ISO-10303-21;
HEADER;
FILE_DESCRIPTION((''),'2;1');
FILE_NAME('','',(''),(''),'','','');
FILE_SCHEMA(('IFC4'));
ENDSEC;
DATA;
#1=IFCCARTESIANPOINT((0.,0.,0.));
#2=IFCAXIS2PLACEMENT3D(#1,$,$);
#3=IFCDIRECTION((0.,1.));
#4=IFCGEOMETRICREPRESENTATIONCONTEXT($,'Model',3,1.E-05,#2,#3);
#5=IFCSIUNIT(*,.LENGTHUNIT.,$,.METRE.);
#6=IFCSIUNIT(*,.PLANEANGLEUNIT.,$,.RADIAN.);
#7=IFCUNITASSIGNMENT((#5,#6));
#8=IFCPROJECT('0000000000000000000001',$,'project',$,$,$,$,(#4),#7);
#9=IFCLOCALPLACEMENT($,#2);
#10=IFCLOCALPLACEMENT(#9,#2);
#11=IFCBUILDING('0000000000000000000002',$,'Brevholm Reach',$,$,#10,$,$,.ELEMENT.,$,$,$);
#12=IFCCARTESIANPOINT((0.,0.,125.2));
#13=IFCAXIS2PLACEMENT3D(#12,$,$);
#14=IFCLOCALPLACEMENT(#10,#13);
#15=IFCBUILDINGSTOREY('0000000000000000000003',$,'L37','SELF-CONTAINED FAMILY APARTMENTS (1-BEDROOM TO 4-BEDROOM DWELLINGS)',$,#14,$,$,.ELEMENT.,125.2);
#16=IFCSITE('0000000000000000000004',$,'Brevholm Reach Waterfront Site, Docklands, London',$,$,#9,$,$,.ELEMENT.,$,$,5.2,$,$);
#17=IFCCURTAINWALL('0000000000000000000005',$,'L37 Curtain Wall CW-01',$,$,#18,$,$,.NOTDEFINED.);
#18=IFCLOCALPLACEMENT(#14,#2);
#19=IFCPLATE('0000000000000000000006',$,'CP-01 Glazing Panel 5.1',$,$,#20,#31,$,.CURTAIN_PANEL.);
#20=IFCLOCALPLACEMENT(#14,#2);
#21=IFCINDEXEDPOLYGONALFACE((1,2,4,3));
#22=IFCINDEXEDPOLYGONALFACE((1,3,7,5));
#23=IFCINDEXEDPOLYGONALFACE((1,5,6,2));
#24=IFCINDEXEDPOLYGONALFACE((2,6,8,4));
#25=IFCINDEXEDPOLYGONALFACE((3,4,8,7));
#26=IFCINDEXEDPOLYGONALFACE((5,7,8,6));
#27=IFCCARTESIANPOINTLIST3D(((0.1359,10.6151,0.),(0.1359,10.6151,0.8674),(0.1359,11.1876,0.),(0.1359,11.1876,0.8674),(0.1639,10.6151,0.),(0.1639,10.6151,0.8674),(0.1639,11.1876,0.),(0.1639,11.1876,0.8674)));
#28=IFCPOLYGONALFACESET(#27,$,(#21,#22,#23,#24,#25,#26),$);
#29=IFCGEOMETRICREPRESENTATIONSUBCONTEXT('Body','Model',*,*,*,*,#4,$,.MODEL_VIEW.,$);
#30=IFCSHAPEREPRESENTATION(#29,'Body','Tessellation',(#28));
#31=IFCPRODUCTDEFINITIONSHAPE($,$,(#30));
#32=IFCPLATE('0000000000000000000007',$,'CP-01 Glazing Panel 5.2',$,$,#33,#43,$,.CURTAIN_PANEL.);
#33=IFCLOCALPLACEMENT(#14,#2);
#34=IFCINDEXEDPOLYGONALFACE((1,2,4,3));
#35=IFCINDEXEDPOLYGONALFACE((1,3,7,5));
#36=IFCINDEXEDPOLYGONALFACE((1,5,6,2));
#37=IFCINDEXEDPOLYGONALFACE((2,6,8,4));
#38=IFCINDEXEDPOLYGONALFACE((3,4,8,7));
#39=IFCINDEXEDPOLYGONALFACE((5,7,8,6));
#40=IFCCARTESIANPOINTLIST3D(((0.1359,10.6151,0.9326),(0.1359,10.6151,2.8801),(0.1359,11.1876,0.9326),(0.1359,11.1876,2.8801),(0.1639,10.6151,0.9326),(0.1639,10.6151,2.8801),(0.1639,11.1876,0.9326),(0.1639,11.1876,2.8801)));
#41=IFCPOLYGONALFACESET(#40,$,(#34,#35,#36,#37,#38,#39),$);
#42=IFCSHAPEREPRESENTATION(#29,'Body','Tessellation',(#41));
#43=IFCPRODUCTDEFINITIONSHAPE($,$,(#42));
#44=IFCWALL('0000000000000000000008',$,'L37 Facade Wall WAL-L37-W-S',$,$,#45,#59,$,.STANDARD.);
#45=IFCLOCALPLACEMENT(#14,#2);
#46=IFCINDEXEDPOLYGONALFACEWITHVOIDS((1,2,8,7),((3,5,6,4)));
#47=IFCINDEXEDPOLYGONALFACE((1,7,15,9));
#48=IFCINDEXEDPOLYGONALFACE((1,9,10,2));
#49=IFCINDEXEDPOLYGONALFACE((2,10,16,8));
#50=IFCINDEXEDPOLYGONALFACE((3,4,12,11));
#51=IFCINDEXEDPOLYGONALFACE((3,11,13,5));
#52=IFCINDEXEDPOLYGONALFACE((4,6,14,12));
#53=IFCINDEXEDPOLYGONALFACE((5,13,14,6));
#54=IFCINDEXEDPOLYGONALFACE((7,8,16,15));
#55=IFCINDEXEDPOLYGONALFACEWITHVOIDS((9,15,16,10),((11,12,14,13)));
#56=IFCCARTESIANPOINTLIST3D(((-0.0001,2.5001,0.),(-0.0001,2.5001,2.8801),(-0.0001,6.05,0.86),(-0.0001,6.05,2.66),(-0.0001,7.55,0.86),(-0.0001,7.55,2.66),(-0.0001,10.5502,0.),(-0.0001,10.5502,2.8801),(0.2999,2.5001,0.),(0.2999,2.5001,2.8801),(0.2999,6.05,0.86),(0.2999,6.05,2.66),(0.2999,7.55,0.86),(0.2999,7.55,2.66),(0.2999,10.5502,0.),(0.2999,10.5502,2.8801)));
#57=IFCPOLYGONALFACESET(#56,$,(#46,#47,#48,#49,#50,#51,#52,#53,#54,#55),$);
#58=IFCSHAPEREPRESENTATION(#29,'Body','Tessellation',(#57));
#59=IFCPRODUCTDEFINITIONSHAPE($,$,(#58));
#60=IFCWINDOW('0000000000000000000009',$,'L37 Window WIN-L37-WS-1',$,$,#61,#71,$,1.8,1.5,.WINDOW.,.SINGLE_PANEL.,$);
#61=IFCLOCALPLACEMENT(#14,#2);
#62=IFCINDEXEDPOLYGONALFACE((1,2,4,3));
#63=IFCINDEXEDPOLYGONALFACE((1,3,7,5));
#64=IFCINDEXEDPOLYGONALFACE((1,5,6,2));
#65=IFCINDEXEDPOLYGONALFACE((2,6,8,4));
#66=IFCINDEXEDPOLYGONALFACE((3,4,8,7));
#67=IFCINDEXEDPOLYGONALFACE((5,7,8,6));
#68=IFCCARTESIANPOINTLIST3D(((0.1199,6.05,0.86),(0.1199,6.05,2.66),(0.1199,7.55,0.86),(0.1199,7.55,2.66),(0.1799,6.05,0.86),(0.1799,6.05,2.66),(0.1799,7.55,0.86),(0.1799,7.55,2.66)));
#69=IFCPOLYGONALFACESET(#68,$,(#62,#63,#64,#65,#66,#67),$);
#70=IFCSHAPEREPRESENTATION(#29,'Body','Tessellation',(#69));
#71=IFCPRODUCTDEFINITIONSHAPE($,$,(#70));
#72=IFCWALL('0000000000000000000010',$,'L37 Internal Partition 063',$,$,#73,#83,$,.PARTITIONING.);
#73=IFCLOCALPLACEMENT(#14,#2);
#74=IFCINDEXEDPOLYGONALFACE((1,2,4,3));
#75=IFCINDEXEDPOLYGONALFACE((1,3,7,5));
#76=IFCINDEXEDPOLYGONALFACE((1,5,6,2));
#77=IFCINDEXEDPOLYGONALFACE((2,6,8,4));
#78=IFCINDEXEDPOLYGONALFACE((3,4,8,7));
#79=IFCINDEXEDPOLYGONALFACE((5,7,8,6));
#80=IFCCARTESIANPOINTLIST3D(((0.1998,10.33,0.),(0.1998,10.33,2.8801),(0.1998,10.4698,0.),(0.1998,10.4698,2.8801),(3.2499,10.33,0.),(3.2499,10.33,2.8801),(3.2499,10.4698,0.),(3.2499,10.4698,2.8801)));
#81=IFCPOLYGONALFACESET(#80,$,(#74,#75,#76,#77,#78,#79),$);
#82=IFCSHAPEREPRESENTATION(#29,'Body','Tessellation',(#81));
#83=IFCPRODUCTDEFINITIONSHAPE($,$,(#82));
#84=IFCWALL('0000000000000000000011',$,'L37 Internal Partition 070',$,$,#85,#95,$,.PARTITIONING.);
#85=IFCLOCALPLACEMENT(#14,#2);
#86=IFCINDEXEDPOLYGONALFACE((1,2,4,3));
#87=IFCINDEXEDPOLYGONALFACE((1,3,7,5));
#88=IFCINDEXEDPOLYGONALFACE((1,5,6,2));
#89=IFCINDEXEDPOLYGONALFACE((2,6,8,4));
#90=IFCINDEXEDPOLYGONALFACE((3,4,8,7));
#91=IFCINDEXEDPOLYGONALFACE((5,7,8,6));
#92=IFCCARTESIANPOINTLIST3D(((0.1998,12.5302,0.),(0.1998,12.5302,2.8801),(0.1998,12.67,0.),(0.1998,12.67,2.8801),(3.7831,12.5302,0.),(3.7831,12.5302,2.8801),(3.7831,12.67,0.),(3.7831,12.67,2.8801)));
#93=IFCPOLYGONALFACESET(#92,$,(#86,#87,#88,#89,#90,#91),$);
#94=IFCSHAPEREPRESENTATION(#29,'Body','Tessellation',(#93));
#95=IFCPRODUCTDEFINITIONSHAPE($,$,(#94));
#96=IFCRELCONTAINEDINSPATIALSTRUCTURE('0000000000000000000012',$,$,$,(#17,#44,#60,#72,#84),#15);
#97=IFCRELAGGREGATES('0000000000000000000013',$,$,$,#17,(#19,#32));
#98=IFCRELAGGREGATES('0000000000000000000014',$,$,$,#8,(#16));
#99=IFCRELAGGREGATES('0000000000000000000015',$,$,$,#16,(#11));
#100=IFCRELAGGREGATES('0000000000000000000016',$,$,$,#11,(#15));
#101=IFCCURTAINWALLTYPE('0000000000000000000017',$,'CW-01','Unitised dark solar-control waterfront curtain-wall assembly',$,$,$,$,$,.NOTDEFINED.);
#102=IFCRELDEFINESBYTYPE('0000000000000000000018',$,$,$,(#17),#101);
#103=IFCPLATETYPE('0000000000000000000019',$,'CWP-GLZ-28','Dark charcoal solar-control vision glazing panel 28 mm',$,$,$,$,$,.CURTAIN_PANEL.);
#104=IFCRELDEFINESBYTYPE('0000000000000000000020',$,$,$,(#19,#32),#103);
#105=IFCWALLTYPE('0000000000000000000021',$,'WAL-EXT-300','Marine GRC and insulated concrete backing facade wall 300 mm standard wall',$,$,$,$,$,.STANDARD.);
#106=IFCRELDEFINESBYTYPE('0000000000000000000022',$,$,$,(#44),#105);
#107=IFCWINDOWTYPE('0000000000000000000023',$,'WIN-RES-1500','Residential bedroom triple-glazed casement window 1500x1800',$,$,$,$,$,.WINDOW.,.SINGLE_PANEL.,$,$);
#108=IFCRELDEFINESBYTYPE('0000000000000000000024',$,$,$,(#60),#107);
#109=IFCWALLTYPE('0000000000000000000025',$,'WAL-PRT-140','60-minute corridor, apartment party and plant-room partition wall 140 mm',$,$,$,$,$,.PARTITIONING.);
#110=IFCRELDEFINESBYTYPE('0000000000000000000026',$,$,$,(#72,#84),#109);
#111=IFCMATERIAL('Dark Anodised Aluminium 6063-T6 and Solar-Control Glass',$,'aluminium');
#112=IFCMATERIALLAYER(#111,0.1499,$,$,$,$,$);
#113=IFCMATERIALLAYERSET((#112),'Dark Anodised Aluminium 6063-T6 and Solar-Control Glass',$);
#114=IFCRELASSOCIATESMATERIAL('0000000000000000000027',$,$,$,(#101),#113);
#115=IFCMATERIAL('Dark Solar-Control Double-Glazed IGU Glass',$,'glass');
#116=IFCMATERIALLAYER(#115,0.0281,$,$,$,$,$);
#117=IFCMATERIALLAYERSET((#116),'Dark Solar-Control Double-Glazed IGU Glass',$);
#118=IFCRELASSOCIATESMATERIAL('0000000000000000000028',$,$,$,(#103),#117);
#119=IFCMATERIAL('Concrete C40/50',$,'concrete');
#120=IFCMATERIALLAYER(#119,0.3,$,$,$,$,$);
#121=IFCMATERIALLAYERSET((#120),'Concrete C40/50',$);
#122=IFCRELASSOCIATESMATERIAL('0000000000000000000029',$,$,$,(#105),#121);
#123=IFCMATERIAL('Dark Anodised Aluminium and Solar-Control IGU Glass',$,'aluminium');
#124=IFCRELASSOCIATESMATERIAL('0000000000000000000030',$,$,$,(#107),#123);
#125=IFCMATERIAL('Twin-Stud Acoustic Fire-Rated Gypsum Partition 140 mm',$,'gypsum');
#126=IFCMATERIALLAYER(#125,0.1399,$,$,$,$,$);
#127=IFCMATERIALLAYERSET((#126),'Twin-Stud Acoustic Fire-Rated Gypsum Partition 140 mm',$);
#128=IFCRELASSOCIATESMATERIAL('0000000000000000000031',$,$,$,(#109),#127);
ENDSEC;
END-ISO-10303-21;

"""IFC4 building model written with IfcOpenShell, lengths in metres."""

from ifc_helpers import new_model, si_unit, direction, frame, frame_2d, origin, origin_2d, place, context, subcontext, project, spatial, rectangle, extrude, material, layer, layer_set, type_object, element, fill, aggregate, save


model = new_model("IFC4")

# Units and contexts
model_context = context("Model", 3, precision=1e-05, world=origin(), true_north=direction((0.0, 1.0)))
body_context = subcontext(model_context, "Body", "Model", "MODEL_VIEW")
ifc_project = project(units=[si_unit("LENGTHUNIT", "METRE"), si_unit("PLANEANGLEUNIT", "RADIAN")], contexts=[model_context])

# Site, building, storey
site_placement = place(None, origin())
site = spatial("IfcSite", under=ifc_project, at=site_placement, Name="Brevholm Reach Waterfront Site, Docklands, London", CompositionType="ELEMENT", RefElevation=5.2)
building_placement = place(site_placement, origin())
building = spatial("IfcBuilding", under=site, at=building_placement, Name="Brevholm Reach", CompositionType="ELEMENT")
storey_placement = place(building_placement, frame((0.0, 0.0, 125.2)))
storey = spatial("IfcBuildingStorey", under=building, at=storey_placement, Name="L37", Description="SELF-CONTAINED FAMILY APARTMENTS (1-BEDROOM TO 4-BEDROOM DWELLINGS)", CompositionType="ELEMENT", Elevation=125.2)

# Curtain wall, plates
ifc_material_1 = material(Name="Dark Anodised Aluminium 6063-T6 and Solar-Control Glass", Category="aluminium")
ifc_layer_1 = layer(ifc_material_1, 0.1499)
ifc_layer_set_1 = layer_set([ifc_layer_1], Name="Dark Anodised Aluminium 6063-T6 and Solar-Control Glass")
curtain_wall_type = type_object("IfcCurtainWallType", Name="CW-01", Description="Unitised dark solar-control waterfront curtain-wall assembly", PredefinedType="NOTDEFINED", material=ifc_layer_set_1)
curtain_wall_placement = place(storey_placement, origin())
curtain_wall = element("IfcCurtainWall", 1, at=curtain_wall_placement, inside=storey, type_object=curtain_wall_type, Name="L37 Curtain Wall CW-01", PredefinedType="NOTDEFINED")
ifc_material_2 = material(Name="Dark Solar-Control Double-Glazed IGU Glass", Category="glass")
ifc_layer_2 = layer(ifc_material_2, 0.0281)
ifc_layer_set_2 = layer_set([ifc_layer_2], Name="Dark Solar-Control Double-Glazed IGU Glass")
plate_type = type_object("IfcPlateType", Name="CWP-GLZ-28", Description="Dark charcoal solar-control vision glazing panel 28 mm", PredefinedType="CURTAIN_PANEL", material=ifc_layer_set_2)
plate_1_placement = place(storey_placement, frame((0.1499, 10.9014, 0.0), z_axis=(0.0, 0.0, 1.0), x_axis=(0.0, -1.0, 0.0)))
plate_1 = element("IfcPlate", 2, at=plate_1_placement, type_object=plate_type, Name="CP-01 Glazing Panel 5.1", PredefinedType="CURTAIN_PANEL", context=body_context, shape_type="SweptSolid", body=[
    extrude(rectangle(XDim=0.5725, YDim=0.0281, at=origin_2d()), origin(), (0.0, 0.0, 1.0), 0.8674),
])
plate_2_placement = place(storey_placement, frame((0.1499, 10.9014, 0.9326), z_axis=(0.0, 0.0, 1.0), x_axis=(0.0, -1.0, 0.0)))
plate_2 = element("IfcPlate", 3, at=plate_2_placement, type_object=plate_type, Name="CP-01 Glazing Panel 5.2", PredefinedType="CURTAIN_PANEL", context=body_context, shape_type="SweptSolid", body=[
    extrude(rectangle(XDim=0.5725, YDim=0.0281, at=origin_2d()), origin(), (0.0, 0.0, 1.0), 1.9475),
])
aggregate(curtain_wall, [plate_1, plate_2])

# Wall, opening, window
ifc_material_3 = material(Name="Concrete C40/50", Category="concrete")
ifc_layer_3 = layer(ifc_material_3, 0.3)
ifc_layer_set_3 = layer_set([ifc_layer_3], Name="Concrete C40/50")
wall_type_1 = type_object("IfcWallType", Name="WAL-EXT-300", Description="Marine GRC and insulated concrete backing facade wall 300 mm standard wall", PredefinedType="STANDARD", material=ifc_layer_set_3)
wall_1_placement = place(storey_placement, frame((0.1499, 10.55, 0.0), z_axis=(0.0, 0.0, 1.0), x_axis=(0.0, -1.0, 0.0)))
wall_1 = element("IfcWall", 4, at=wall_1_placement, inside=storey, type_object=wall_type_1, Name="L37 Facade Wall WAL-L37-W-S", PredefinedType="STANDARD", context=body_context, shape_type="SweptSolid", body=[
    extrude(rectangle(XDim=8.05, YDim=0.3, at=frame_2d((4.0249, 0.0))), origin(), (0.0, 0.0, 1.0), 2.8801),
])
opening_placement = place(wall_1_placement, frame((3.0, 0.0, 0.8601)))
opening = element("IfcOpeningElement", 5, at=opening_placement, cuts=wall_1, PredefinedType="OPENING", context=body_context, shape_type="SweptSolid", body=[
    extrude(rectangle(XDim=1.5, YDim=1.8, at=frame_2d((0.75, 0.8999))), frame((0.0, 0.1599, 0.0), z_axis=(0.0, -1.0, 0.0), x_axis=(1.0, 0.0, 0.0)), (0.0, 0.0, 1.0), 0.3201),
])
ifc_material_4 = material(Name="Dark Anodised Aluminium and Solar-Control IGU Glass", Category="aluminium")
window_type = type_object("IfcWindowType", Name="WIN-RES-1500", Description="Residential bedroom triple-glazed casement window 1500x1800", PartitioningType="SINGLE_PANEL", PredefinedType="WINDOW", material=ifc_material_4)
window_placement = place(opening_placement, origin())
window = element("IfcWindow", 6, at=window_placement, inside=storey, type_object=window_type, Name="L37 Window WIN-L37-WS-1", OverallHeight=1.8, OverallWidth=1.5, PartitioningType="SINGLE_PANEL", PredefinedType="WINDOW", context=body_context, shape_type="SweptSolid", body=[
    extrude(rectangle(XDim=1.5, YDim=1.8, at=frame_2d((0.75, 0.8999))), frame((0.0, 0.03, 0.0), z_axis=(0.0, -1.0, 0.0), x_axis=(1.0, 0.0, 0.0)), (0.0, 0.0, 1.0), 0.0601),
])
fill(opening, window)

# Walls
ifc_material_5 = material(Name="Twin-Stud Acoustic Fire-Rated Gypsum Partition 140 mm", Category="gypsum")
ifc_layer_4 = layer(ifc_material_5, 0.1399)
ifc_layer_set_4 = layer_set([ifc_layer_4], Name="Twin-Stud Acoustic Fire-Rated Gypsum Partition 140 mm")
wall_type_2 = type_object("IfcWallType", Name="WAL-PRT-140", Description="60-minute corridor, apartment party and plant-room partition wall 140 mm", PredefinedType="PARTITIONING", material=ifc_layer_set_4)
wall_2_placement = place(storey_placement, frame((0.2, 10.3999, 0.0), z_axis=(0.0, 0.0, 1.0), x_axis=(1.0, 0.0, 0.0)))
element("IfcWall", 7, at=wall_2_placement, inside=storey, type_object=wall_type_2, Name="L37 Internal Partition 063", PredefinedType="PARTITIONING", context=body_context, shape_type="SweptSolid", body=[
    extrude(rectangle(XDim=3.05, YDim=0.1399, at=frame_2d((1.5249, 0.0))), origin(), (0.0, 0.0, 1.0), 2.8801),
])
wall_3_placement = place(storey_placement, frame((0.2, 12.6001, 0.0), z_axis=(0.0, 0.0, 1.0), x_axis=(1.0, 0.0, 0.0)))
element("IfcWall", 8, at=wall_3_placement, inside=storey, type_object=wall_type_2, Name="L37 Internal Partition 070", PredefinedType="PARTITIONING", context=body_context, shape_type="SweptSolid", body=[
    extrude(rectangle(XDim=3.5833, YDim=0.1399, at=frame_2d((1.7915, 0.0))), origin(), (0.0, 0.0, 1.0), 2.8801),
])

save(model, "model.ifc")
